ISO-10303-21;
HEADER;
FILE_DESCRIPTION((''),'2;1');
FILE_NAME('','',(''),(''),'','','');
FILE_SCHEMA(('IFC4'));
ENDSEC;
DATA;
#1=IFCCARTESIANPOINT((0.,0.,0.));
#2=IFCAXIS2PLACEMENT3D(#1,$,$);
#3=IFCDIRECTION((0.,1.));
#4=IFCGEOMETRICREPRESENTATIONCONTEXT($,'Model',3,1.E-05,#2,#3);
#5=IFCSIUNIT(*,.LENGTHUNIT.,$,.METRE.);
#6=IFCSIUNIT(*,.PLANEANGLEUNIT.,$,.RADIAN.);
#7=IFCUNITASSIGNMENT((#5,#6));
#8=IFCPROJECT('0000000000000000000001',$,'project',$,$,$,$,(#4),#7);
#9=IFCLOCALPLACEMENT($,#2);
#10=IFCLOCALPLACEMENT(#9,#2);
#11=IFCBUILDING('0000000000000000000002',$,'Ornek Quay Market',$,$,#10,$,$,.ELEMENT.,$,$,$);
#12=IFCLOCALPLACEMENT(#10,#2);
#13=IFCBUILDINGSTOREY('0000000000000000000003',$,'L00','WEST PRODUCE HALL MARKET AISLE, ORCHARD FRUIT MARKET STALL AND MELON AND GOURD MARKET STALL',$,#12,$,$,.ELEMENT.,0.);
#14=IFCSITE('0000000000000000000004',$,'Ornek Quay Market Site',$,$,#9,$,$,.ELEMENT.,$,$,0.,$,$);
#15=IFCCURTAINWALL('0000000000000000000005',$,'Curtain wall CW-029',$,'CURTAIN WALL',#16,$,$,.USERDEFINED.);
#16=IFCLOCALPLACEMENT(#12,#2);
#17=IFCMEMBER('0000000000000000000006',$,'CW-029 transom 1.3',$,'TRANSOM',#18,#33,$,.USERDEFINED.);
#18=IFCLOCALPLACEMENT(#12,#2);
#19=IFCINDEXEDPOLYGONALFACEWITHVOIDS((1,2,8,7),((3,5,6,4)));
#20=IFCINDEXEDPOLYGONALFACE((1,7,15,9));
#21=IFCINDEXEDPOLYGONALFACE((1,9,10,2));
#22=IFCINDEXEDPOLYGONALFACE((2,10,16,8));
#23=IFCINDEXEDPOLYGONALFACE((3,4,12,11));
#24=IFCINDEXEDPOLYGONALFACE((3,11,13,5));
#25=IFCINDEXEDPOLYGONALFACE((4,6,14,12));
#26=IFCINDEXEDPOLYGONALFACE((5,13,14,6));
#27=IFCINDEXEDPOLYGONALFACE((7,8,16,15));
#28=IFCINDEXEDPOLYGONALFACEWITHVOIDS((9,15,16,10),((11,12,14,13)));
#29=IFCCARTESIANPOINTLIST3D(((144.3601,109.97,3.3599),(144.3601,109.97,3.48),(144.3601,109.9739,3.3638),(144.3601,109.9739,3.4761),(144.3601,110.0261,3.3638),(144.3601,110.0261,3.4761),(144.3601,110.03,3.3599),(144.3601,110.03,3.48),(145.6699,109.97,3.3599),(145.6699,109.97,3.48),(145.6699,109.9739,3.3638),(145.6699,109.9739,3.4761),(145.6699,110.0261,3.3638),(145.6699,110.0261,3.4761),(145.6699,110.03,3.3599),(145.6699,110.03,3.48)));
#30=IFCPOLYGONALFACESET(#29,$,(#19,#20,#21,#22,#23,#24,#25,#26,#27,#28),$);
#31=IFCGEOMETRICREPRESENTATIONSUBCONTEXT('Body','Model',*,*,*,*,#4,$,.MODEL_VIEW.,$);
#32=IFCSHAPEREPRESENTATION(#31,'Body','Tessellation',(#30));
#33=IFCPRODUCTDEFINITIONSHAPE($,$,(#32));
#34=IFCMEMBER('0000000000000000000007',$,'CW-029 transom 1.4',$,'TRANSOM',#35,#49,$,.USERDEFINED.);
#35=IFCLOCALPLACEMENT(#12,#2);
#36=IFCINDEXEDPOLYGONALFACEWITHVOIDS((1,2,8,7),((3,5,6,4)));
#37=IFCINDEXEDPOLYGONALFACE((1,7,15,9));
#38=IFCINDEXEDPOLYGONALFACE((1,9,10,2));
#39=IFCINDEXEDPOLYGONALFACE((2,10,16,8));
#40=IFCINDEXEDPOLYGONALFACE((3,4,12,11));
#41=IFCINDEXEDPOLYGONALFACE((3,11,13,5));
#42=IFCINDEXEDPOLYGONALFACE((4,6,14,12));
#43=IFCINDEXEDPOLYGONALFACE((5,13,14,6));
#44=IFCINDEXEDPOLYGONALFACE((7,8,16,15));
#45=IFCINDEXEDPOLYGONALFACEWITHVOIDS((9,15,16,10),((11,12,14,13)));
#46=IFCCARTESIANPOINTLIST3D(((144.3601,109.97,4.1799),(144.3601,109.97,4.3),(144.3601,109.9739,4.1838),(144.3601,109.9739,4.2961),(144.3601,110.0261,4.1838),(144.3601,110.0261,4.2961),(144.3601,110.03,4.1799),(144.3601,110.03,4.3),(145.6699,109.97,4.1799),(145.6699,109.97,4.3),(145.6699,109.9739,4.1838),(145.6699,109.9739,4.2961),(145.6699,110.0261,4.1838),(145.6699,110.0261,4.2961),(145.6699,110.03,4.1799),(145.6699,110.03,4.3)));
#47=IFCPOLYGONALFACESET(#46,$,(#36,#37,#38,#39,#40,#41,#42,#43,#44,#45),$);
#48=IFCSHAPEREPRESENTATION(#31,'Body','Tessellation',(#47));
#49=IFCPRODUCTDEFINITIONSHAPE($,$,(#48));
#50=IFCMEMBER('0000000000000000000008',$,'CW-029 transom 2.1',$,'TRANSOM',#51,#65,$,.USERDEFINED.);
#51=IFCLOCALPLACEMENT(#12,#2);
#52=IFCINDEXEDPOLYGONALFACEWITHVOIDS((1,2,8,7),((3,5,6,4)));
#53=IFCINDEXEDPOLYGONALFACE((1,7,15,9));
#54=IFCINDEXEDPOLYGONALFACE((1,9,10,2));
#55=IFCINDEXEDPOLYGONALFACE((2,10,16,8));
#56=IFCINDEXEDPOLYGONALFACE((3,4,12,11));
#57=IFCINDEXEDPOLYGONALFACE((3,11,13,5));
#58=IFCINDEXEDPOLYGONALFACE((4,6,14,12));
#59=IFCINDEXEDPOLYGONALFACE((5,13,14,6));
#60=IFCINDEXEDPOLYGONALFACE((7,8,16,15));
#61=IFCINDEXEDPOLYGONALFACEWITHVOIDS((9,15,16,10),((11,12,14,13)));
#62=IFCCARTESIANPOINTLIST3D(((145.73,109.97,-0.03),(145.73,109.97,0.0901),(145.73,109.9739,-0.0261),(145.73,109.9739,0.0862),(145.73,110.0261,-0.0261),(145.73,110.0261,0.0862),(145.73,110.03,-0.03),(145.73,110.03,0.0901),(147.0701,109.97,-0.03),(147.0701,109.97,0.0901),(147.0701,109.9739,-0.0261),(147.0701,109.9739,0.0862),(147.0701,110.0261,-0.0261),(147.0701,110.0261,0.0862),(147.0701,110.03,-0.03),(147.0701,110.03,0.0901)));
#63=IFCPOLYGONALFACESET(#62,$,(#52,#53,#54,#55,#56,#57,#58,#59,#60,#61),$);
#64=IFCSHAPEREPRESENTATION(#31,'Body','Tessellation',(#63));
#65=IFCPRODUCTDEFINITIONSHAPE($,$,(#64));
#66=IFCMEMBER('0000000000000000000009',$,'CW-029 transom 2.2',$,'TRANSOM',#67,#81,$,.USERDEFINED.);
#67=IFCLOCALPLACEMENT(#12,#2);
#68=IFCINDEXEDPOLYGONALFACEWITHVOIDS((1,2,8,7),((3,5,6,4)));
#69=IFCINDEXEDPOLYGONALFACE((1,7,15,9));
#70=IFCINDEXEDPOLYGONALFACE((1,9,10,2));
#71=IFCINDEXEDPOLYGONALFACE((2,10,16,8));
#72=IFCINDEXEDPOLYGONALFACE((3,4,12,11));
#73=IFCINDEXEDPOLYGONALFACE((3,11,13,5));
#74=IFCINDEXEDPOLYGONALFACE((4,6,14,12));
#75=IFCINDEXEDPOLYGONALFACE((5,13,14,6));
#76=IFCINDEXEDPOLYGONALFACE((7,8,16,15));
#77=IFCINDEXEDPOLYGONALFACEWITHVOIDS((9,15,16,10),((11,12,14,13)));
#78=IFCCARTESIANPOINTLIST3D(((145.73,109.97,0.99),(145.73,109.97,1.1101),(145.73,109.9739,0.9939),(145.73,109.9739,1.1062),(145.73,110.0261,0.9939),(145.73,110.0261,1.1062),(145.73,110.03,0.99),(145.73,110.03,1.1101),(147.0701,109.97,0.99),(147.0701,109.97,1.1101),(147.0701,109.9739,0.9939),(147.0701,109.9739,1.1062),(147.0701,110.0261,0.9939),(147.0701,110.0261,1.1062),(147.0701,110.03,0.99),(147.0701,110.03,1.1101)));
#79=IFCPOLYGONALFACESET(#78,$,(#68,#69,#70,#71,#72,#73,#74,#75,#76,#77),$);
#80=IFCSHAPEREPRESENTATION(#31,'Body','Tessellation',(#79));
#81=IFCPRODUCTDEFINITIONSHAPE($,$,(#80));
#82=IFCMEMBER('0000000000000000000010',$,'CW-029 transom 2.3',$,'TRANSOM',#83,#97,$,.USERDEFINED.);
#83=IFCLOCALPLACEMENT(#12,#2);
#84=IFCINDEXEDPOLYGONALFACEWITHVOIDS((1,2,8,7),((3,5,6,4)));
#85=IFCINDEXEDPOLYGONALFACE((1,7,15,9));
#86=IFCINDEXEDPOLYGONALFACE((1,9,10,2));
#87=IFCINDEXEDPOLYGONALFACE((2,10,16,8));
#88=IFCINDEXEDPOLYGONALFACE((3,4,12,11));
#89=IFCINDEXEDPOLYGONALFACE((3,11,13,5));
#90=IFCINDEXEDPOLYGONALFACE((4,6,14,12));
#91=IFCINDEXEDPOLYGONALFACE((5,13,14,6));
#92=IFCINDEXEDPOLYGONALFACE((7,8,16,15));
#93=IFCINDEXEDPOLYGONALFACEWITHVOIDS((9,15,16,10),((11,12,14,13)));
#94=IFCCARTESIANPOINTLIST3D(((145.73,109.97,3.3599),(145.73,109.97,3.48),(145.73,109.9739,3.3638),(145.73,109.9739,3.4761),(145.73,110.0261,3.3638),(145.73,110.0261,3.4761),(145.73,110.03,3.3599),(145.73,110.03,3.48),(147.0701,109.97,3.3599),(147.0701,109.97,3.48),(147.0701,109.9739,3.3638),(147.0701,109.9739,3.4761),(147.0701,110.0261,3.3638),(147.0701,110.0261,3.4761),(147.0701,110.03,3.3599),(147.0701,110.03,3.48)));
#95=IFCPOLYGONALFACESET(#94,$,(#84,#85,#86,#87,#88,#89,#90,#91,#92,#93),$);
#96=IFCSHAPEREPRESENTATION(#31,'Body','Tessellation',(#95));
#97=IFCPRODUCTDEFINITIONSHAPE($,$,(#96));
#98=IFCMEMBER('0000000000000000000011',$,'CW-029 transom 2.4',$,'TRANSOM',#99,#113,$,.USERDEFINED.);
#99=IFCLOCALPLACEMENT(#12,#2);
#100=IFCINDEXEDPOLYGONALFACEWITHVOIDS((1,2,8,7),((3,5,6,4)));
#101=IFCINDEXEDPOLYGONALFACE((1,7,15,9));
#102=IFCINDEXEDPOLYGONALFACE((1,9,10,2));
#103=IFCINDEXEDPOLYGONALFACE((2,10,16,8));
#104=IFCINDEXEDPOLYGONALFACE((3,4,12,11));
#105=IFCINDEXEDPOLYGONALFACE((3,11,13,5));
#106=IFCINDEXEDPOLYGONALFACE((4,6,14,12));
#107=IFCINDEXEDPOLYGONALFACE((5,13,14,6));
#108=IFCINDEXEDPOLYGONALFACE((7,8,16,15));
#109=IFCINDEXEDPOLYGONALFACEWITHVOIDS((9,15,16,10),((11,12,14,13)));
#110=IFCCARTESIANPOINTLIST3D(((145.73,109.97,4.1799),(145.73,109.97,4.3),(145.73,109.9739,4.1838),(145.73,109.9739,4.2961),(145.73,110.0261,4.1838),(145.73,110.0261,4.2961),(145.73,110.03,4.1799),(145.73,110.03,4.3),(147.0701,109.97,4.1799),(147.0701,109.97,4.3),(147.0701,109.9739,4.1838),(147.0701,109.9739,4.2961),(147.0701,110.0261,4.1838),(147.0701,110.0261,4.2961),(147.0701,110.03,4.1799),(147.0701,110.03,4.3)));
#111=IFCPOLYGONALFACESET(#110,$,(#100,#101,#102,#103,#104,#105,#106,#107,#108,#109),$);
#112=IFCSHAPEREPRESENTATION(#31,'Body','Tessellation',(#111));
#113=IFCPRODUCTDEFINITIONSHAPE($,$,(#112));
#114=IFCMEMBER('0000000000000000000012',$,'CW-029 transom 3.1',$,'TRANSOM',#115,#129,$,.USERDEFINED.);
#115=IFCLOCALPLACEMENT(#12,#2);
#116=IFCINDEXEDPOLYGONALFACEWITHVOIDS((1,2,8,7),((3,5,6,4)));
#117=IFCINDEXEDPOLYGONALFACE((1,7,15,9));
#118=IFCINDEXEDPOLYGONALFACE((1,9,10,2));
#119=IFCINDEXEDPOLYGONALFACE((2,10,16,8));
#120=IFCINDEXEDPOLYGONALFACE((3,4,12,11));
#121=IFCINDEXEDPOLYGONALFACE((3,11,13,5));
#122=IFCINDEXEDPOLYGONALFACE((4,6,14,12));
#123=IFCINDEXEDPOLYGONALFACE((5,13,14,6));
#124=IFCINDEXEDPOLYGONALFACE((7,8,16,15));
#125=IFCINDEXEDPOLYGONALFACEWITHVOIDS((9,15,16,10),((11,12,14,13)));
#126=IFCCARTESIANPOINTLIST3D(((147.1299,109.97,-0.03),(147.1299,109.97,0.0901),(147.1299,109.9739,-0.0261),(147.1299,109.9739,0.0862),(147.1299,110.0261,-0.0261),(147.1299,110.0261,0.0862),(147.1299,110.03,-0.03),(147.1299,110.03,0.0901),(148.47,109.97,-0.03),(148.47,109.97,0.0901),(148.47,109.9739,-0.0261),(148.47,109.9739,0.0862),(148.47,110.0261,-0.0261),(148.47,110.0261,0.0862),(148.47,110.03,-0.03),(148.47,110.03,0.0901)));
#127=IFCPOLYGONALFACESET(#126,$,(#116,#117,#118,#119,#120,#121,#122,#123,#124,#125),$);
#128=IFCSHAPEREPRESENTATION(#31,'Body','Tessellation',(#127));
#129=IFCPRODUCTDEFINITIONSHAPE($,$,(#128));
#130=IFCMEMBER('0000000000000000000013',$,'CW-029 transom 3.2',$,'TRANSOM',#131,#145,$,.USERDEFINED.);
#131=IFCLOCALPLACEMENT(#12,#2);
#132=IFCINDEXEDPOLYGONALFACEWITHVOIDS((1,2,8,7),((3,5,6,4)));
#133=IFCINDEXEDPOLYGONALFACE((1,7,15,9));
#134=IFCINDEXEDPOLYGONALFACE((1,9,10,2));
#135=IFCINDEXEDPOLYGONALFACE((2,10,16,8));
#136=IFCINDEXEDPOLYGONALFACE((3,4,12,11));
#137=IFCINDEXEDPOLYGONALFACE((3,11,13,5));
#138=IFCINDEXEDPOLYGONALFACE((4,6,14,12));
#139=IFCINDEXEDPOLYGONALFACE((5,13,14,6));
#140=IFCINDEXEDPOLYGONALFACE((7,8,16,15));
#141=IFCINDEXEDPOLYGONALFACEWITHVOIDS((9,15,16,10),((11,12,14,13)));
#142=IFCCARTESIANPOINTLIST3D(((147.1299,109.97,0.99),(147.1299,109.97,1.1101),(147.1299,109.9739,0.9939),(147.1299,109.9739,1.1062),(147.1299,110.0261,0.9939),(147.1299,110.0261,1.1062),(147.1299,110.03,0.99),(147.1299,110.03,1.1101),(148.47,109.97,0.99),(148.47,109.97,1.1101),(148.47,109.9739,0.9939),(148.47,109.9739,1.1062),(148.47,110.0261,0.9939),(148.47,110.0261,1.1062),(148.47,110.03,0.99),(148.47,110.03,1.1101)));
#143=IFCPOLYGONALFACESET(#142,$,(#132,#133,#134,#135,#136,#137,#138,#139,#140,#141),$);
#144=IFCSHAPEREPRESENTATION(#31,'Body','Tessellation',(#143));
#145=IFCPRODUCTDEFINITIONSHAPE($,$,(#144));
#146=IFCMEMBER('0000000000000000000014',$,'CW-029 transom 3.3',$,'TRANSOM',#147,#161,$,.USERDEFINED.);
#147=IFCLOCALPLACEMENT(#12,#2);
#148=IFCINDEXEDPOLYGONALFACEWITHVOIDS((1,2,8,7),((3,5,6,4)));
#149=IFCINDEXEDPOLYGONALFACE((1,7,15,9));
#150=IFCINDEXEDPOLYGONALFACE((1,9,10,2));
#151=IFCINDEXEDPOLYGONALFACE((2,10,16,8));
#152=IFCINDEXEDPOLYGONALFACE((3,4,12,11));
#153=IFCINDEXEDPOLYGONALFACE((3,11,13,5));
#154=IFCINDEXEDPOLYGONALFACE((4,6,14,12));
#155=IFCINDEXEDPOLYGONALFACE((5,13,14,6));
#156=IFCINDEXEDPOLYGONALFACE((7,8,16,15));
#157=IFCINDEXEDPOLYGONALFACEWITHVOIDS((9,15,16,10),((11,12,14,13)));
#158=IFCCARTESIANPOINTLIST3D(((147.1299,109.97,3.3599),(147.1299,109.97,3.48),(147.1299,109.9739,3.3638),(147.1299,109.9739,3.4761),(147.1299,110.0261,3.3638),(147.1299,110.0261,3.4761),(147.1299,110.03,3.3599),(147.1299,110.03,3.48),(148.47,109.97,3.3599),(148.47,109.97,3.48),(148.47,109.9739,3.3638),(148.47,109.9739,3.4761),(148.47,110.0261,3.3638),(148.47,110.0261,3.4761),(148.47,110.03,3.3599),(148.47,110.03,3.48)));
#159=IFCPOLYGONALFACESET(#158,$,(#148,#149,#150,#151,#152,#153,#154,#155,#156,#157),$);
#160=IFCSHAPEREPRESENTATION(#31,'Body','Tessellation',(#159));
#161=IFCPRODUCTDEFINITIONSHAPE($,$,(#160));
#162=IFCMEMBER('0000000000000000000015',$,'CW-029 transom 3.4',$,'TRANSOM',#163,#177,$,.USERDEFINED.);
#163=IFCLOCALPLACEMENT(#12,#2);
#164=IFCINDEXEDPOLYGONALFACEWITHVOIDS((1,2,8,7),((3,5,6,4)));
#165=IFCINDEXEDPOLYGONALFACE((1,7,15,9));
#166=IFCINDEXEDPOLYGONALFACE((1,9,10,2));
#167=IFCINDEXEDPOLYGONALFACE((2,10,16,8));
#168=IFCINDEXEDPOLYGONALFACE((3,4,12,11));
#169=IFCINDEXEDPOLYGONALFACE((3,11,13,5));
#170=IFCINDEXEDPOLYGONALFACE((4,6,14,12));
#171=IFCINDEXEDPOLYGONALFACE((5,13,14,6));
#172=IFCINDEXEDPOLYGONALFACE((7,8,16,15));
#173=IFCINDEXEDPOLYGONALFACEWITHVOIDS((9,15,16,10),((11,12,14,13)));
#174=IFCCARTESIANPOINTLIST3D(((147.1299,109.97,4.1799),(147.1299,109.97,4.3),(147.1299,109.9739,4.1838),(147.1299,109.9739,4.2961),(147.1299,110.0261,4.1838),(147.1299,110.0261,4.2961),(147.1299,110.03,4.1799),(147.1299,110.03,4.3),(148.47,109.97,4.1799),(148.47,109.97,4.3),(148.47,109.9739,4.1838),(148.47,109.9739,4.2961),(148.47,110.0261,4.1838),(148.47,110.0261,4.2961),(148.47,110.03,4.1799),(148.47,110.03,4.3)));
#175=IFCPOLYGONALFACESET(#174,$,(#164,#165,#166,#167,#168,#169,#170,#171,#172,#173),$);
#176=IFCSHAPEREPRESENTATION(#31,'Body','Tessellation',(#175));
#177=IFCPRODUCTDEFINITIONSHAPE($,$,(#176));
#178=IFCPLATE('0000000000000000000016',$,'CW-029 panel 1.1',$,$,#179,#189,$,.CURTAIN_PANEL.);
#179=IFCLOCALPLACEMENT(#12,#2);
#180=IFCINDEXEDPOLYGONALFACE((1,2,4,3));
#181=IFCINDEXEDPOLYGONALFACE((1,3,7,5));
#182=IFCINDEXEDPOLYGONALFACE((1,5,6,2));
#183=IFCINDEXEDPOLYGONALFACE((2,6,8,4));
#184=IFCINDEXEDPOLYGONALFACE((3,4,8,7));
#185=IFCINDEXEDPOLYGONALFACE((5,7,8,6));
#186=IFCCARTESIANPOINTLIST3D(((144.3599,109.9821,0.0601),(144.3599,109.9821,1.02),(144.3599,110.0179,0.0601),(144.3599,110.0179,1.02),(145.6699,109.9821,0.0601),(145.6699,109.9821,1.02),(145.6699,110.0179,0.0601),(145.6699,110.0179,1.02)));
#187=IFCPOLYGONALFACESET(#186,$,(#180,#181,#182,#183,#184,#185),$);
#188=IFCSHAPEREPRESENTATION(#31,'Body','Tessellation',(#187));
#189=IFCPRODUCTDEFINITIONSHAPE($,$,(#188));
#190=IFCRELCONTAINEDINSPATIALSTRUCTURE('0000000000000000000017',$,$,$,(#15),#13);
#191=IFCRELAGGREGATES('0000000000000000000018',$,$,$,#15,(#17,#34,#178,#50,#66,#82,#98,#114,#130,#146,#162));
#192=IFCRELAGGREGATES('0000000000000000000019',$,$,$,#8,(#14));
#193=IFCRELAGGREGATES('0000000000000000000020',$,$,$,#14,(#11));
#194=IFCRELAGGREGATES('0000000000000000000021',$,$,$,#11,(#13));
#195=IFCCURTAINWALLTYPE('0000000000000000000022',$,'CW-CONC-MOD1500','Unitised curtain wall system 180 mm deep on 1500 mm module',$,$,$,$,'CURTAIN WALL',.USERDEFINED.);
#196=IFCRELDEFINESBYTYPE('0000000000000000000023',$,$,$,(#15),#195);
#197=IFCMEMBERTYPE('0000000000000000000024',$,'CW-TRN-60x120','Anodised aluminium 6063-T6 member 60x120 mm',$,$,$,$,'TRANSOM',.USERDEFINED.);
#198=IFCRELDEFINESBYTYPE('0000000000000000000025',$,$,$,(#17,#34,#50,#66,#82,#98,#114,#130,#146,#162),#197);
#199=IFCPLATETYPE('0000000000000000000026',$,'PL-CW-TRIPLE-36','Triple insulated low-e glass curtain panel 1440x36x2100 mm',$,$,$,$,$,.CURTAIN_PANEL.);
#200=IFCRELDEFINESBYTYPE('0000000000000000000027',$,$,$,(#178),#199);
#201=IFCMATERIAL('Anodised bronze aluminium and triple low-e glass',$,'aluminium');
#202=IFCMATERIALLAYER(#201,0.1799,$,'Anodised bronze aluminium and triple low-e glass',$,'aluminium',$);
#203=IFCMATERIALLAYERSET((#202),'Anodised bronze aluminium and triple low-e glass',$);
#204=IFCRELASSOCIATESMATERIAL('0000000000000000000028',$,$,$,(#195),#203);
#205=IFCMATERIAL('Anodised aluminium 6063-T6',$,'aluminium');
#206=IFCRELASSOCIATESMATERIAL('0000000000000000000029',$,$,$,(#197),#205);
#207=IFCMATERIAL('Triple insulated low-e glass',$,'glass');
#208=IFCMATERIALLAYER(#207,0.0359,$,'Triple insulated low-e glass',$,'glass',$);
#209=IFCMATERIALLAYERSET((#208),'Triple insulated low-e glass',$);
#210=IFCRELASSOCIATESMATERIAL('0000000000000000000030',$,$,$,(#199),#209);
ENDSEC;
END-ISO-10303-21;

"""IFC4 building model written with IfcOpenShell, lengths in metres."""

from ifc_helpers import new_model, si_unit, direction, frame, origin, origin_2d, place, context, subcontext, project, spatial, rectangle, hollow_rectangle, extrude, material, layer, layer_set, material_profile, profile_set, type_object, element, aggregate, save


model = new_model("IFC4")

# Units and contexts
model_context = context("Model", 3, precision=1e-05, world=origin(), true_north=direction((0.0, 1.0)))
body_context = subcontext(model_context, "Body", "Model", "MODEL_VIEW")
ifc_project = project(units=[si_unit("LENGTHUNIT", "METRE"), si_unit("PLANEANGLEUNIT", "RADIAN")], contexts=[model_context])

# Site, building, storey
site_placement = place(None, origin())
site = spatial("IfcSite", under=ifc_project, at=site_placement, Name="Ornek Quay Market Site", CompositionType="ELEMENT", RefElevation=0.0)
building_placement = place(site_placement, origin())
building = spatial("IfcBuilding", under=site, at=building_placement, Name="Ornek Quay Market", CompositionType="ELEMENT")
storey_placement = place(building_placement, origin())
storey = spatial("IfcBuildingStorey", under=building, at=storey_placement, Name="L00", Description="WEST PRODUCE HALL MARKET AISLE, ORCHARD FRUIT MARKET STALL AND MELON AND GOURD MARKET STALL", CompositionType="ELEMENT", Elevation=0.0)

# Curtain wall, members, plate
ifc_material_1 = material(Name="Anodised bronze aluminium and triple low-e glass", Category="aluminium")
ifc_layer_1 = layer(ifc_material_1, 0.1799, Name="Anodised bronze aluminium and triple low-e glass", Category="aluminium")
ifc_layer_set_1 = layer_set([ifc_layer_1], Name="Anodised bronze aluminium and triple low-e glass")
curtain_wall_type = type_object("IfcCurtainWallType", Name="CW-CONC-MOD1500", Description="Unitised curtain wall system 180 mm deep on 1500 mm module", ElementType="CURTAIN WALL", PredefinedType="USERDEFINED", material=ifc_layer_set_1)
curtain_wall_placement = place(storey_placement, origin())
curtain_wall = element("IfcCurtainWall", 1, at=curtain_wall_placement, inside=storey, type_object=curtain_wall_type, Name="Curtain wall CW-029", ObjectType="CURTAIN WALL", PredefinedType="USERDEFINED")
ifc_material_2 = material(Name="Anodised aluminium 6063-T6", Category="aluminium")
ifc_material_profile_1 = material_profile(ifc_material_2, hollow_rectangle(XDim=0.0601, YDim=0.1201, WallThickness=0.0039, at=origin_2d()), Name="CW-TRN-60x120", Category="aluminium")
ifc_profile_set_1 = profile_set([ifc_material_profile_1], Name="Anodised aluminium 6063-T6")
member_type_1 = type_object("IfcMemberType", Name="CW-TRN-60x120", Description="Anodised aluminium 6063-T6 member 60x120 mm", ElementType="TRANSOM", PredefinedType="USERDEFINED", material=ifc_profile_set_1)
member_1_placement = place(storey_placement, frame((144.3601, 110.0, 3.4199), z_axis=(1.0, 0.0, 0.0), x_axis=(0.0, 1.0, 0.0)))
member_1 = element("IfcMember", 2, at=member_1_placement, type_object=member_type_1, Name="CW-029 transom 1.3", ObjectType="TRANSOM", PredefinedType="USERDEFINED", context=body_context, shape_type="SweptSolid", body=[
    extrude(hollow_rectangle(XDim=0.0601, YDim=0.1201, WallThickness=0.0039, at=origin_2d()), origin(), (0.0, 0.0, 1.0), 1.3098),
])
member_2_placement = place(storey_placement, frame((144.3601, 110.0, 4.24), z_axis=(1.0, 0.0, 0.0), x_axis=(0.0, 1.0, 0.0)))
member_2 = element("IfcMember", 3, at=member_2_placement, type_object=member_type_1, Name="CW-029 transom 1.4", ObjectType="TRANSOM", PredefinedType="USERDEFINED", context=body_context, shape_type="SweptSolid", body=[
    extrude(hollow_rectangle(XDim=0.0601, YDim=0.1201, WallThickness=0.0039, at=origin_2d()), origin(), (0.0, 0.0, 1.0), 1.3098),
])
member_3_placement = place(storey_placement, frame((145.73, 110.0, 0.03), z_axis=(1.0, 0.0, 0.0), x_axis=(0.0, 1.0, 0.0)))
member_3 = element("IfcMember", 4, at=member_3_placement, type_object=member_type_1, Name="CW-029 transom 2.1", ObjectType="TRANSOM", PredefinedType="USERDEFINED", context=body_context, shape_type="SweptSolid", body=[
    extrude(hollow_rectangle(XDim=0.0601, YDim=0.1201, WallThickness=0.0039, at=origin_2d()), origin(), (0.0, 0.0, 1.0), 1.3401),
])
member_4_placement = place(storey_placement, frame((145.73, 110.0, 1.05), z_axis=(1.0, 0.0, 0.0), x_axis=(0.0, 1.0, 0.0)))
member_4 = element("IfcMember", 5, at=member_4_placement, type_object=member_type_1, Name="CW-029 transom 2.2", ObjectType="TRANSOM", PredefinedType="USERDEFINED", context=body_context, shape_type="SweptSolid", body=[
    extrude(hollow_rectangle(XDim=0.0601, YDim=0.1201, WallThickness=0.0039, at=origin_2d()), origin(), (0.0, 0.0, 1.0), 1.3401),
])
member_5_placement = place(storey_placement, frame((145.73, 110.0, 3.4199), z_axis=(1.0, 0.0, 0.0), x_axis=(0.0, 1.0, 0.0)))
member_5 = element("IfcMember", 6, at=member_5_placement, type_object=member_type_1, Name="CW-029 transom 2.3", ObjectType="TRANSOM", PredefinedType="USERDEFINED", context=body_context, shape_type="SweptSolid", body=[
    extrude(hollow_rectangle(XDim=0.0601, YDim=0.1201, WallThickness=0.0039, at=origin_2d()), origin(), (0.0, 0.0, 1.0), 1.3401),
])
member_6_placement = place(storey_placement, frame((145.73, 110.0, 4.24), z_axis=(1.0, 0.0, 0.0), x_axis=(0.0, 1.0, 0.0)))
member_6 = element("IfcMember", 7, at=member_6_placement, type_object=member_type_1, Name="CW-029 transom 2.4", ObjectType="TRANSOM", PredefinedType="USERDEFINED", context=body_context, shape_type="SweptSolid", body=[
    extrude(hollow_rectangle(XDim=0.0601, YDim=0.1201, WallThickness=0.0039, at=origin_2d()), origin(), (0.0, 0.0, 1.0), 1.3401),
])
member_7_placement = place(storey_placement, frame((147.1299, 110.0, 0.03), z_axis=(1.0, 0.0, 0.0), x_axis=(0.0, 1.0, 0.0)))
member_7 = element("IfcMember", 8, at=member_7_placement, type_object=member_type_1, Name="CW-029 transom 3.1", ObjectType="TRANSOM", PredefinedType="USERDEFINED", context=body_context, shape_type="SweptSolid", body=[
    extrude(hollow_rectangle(XDim=0.0601, YDim=0.1201, WallThickness=0.0039, at=origin_2d()), origin(), (0.0, 0.0, 1.0), 1.3401),
])
member_8_placement = place(storey_placement, frame((147.1299, 110.0, 1.05), z_axis=(1.0, 0.0, 0.0), x_axis=(0.0, 1.0, 0.0)))
member_8 = element("IfcMember", 9, at=member_8_placement, type_object=member_type_1, Name="CW-029 transom 3.2", ObjectType="TRANSOM", PredefinedType="USERDEFINED", context=body_context, shape_type="SweptSolid", body=[
    extrude(hollow_rectangle(XDim=0.0601, YDim=0.1201, WallThickness=0.0039, at=origin_2d()), origin(), (0.0, 0.0, 1.0), 1.3401),
])
member_9_placement = place(storey_placement, frame((147.1299, 110.0, 3.4199), z_axis=(1.0, 0.0, 0.0), x_axis=(0.0, 1.0, 0.0)))
member_9 = element("IfcMember", 10, at=member_9_placement, type_object=member_type_1, Name="CW-029 transom 3.3", ObjectType="TRANSOM", PredefinedType="USERDEFINED", context=body_context, shape_type="SweptSolid", body=[
    extrude(hollow_rectangle(XDim=0.0601, YDim=0.1201, WallThickness=0.0039, at=origin_2d()), origin(), (0.0, 0.0, 1.0), 1.3401),
])
member_10_placement = place(storey_placement, frame((147.1299, 110.0, 4.24), z_axis=(1.0, 0.0, 0.0), x_axis=(0.0, 1.0, 0.0)))
member_10 = element("IfcMember", 11, at=member_10_placement, type_object=member_type_1, Name="CW-029 transom 3.4", ObjectType="TRANSOM", PredefinedType="USERDEFINED", context=body_context, shape_type="SweptSolid", body=[
    extrude(hollow_rectangle(XDim=0.0601, YDim=0.1201, WallThickness=0.0039, at=origin_2d()), origin(), (0.0, 0.0, 1.0), 1.3401),
])
ifc_material_3 = material(Name="Triple insulated low-e glass", Category="glass")
ifc_layer_2 = layer(ifc_material_3, 0.0359, Name="Triple insulated low-e glass", Category="glass")
ifc_layer_set_2 = layer_set([ifc_layer_2], Name="Triple insulated low-e glass")
plate_type = type_object("IfcPlateType", Name="PL-CW-TRIPLE-36", Description="Triple insulated low-e glass curtain panel 1440x36x2100 mm", PredefinedType="CURTAIN_PANEL", material=ifc_layer_set_2)
plate_1_placement = place(storey_placement, frame((145.0149, 110.0, 0.0601), z_axis=(0.0, 0.0, 1.0), x_axis=(1.0, 0.0, 0.0)))
plate_1 = element("IfcPlate", 12, at=plate_1_placement, type_object=plate_type, Name="CW-029 panel 1.1", PredefinedType="CURTAIN_PANEL", context=body_context, shape_type="SweptSolid", body=[
    extrude(rectangle(XDim=1.3101, YDim=0.0359, at=origin_2d()), origin(), (0.0, 0.0, 1.0), 0.96),
])
aggregate(curtain_wall, [member_1, member_2, plate_1, member_3, member_4, member_5, member_6, member_7, member_8, member_9, member_10])

save(model, "model.ifc")
